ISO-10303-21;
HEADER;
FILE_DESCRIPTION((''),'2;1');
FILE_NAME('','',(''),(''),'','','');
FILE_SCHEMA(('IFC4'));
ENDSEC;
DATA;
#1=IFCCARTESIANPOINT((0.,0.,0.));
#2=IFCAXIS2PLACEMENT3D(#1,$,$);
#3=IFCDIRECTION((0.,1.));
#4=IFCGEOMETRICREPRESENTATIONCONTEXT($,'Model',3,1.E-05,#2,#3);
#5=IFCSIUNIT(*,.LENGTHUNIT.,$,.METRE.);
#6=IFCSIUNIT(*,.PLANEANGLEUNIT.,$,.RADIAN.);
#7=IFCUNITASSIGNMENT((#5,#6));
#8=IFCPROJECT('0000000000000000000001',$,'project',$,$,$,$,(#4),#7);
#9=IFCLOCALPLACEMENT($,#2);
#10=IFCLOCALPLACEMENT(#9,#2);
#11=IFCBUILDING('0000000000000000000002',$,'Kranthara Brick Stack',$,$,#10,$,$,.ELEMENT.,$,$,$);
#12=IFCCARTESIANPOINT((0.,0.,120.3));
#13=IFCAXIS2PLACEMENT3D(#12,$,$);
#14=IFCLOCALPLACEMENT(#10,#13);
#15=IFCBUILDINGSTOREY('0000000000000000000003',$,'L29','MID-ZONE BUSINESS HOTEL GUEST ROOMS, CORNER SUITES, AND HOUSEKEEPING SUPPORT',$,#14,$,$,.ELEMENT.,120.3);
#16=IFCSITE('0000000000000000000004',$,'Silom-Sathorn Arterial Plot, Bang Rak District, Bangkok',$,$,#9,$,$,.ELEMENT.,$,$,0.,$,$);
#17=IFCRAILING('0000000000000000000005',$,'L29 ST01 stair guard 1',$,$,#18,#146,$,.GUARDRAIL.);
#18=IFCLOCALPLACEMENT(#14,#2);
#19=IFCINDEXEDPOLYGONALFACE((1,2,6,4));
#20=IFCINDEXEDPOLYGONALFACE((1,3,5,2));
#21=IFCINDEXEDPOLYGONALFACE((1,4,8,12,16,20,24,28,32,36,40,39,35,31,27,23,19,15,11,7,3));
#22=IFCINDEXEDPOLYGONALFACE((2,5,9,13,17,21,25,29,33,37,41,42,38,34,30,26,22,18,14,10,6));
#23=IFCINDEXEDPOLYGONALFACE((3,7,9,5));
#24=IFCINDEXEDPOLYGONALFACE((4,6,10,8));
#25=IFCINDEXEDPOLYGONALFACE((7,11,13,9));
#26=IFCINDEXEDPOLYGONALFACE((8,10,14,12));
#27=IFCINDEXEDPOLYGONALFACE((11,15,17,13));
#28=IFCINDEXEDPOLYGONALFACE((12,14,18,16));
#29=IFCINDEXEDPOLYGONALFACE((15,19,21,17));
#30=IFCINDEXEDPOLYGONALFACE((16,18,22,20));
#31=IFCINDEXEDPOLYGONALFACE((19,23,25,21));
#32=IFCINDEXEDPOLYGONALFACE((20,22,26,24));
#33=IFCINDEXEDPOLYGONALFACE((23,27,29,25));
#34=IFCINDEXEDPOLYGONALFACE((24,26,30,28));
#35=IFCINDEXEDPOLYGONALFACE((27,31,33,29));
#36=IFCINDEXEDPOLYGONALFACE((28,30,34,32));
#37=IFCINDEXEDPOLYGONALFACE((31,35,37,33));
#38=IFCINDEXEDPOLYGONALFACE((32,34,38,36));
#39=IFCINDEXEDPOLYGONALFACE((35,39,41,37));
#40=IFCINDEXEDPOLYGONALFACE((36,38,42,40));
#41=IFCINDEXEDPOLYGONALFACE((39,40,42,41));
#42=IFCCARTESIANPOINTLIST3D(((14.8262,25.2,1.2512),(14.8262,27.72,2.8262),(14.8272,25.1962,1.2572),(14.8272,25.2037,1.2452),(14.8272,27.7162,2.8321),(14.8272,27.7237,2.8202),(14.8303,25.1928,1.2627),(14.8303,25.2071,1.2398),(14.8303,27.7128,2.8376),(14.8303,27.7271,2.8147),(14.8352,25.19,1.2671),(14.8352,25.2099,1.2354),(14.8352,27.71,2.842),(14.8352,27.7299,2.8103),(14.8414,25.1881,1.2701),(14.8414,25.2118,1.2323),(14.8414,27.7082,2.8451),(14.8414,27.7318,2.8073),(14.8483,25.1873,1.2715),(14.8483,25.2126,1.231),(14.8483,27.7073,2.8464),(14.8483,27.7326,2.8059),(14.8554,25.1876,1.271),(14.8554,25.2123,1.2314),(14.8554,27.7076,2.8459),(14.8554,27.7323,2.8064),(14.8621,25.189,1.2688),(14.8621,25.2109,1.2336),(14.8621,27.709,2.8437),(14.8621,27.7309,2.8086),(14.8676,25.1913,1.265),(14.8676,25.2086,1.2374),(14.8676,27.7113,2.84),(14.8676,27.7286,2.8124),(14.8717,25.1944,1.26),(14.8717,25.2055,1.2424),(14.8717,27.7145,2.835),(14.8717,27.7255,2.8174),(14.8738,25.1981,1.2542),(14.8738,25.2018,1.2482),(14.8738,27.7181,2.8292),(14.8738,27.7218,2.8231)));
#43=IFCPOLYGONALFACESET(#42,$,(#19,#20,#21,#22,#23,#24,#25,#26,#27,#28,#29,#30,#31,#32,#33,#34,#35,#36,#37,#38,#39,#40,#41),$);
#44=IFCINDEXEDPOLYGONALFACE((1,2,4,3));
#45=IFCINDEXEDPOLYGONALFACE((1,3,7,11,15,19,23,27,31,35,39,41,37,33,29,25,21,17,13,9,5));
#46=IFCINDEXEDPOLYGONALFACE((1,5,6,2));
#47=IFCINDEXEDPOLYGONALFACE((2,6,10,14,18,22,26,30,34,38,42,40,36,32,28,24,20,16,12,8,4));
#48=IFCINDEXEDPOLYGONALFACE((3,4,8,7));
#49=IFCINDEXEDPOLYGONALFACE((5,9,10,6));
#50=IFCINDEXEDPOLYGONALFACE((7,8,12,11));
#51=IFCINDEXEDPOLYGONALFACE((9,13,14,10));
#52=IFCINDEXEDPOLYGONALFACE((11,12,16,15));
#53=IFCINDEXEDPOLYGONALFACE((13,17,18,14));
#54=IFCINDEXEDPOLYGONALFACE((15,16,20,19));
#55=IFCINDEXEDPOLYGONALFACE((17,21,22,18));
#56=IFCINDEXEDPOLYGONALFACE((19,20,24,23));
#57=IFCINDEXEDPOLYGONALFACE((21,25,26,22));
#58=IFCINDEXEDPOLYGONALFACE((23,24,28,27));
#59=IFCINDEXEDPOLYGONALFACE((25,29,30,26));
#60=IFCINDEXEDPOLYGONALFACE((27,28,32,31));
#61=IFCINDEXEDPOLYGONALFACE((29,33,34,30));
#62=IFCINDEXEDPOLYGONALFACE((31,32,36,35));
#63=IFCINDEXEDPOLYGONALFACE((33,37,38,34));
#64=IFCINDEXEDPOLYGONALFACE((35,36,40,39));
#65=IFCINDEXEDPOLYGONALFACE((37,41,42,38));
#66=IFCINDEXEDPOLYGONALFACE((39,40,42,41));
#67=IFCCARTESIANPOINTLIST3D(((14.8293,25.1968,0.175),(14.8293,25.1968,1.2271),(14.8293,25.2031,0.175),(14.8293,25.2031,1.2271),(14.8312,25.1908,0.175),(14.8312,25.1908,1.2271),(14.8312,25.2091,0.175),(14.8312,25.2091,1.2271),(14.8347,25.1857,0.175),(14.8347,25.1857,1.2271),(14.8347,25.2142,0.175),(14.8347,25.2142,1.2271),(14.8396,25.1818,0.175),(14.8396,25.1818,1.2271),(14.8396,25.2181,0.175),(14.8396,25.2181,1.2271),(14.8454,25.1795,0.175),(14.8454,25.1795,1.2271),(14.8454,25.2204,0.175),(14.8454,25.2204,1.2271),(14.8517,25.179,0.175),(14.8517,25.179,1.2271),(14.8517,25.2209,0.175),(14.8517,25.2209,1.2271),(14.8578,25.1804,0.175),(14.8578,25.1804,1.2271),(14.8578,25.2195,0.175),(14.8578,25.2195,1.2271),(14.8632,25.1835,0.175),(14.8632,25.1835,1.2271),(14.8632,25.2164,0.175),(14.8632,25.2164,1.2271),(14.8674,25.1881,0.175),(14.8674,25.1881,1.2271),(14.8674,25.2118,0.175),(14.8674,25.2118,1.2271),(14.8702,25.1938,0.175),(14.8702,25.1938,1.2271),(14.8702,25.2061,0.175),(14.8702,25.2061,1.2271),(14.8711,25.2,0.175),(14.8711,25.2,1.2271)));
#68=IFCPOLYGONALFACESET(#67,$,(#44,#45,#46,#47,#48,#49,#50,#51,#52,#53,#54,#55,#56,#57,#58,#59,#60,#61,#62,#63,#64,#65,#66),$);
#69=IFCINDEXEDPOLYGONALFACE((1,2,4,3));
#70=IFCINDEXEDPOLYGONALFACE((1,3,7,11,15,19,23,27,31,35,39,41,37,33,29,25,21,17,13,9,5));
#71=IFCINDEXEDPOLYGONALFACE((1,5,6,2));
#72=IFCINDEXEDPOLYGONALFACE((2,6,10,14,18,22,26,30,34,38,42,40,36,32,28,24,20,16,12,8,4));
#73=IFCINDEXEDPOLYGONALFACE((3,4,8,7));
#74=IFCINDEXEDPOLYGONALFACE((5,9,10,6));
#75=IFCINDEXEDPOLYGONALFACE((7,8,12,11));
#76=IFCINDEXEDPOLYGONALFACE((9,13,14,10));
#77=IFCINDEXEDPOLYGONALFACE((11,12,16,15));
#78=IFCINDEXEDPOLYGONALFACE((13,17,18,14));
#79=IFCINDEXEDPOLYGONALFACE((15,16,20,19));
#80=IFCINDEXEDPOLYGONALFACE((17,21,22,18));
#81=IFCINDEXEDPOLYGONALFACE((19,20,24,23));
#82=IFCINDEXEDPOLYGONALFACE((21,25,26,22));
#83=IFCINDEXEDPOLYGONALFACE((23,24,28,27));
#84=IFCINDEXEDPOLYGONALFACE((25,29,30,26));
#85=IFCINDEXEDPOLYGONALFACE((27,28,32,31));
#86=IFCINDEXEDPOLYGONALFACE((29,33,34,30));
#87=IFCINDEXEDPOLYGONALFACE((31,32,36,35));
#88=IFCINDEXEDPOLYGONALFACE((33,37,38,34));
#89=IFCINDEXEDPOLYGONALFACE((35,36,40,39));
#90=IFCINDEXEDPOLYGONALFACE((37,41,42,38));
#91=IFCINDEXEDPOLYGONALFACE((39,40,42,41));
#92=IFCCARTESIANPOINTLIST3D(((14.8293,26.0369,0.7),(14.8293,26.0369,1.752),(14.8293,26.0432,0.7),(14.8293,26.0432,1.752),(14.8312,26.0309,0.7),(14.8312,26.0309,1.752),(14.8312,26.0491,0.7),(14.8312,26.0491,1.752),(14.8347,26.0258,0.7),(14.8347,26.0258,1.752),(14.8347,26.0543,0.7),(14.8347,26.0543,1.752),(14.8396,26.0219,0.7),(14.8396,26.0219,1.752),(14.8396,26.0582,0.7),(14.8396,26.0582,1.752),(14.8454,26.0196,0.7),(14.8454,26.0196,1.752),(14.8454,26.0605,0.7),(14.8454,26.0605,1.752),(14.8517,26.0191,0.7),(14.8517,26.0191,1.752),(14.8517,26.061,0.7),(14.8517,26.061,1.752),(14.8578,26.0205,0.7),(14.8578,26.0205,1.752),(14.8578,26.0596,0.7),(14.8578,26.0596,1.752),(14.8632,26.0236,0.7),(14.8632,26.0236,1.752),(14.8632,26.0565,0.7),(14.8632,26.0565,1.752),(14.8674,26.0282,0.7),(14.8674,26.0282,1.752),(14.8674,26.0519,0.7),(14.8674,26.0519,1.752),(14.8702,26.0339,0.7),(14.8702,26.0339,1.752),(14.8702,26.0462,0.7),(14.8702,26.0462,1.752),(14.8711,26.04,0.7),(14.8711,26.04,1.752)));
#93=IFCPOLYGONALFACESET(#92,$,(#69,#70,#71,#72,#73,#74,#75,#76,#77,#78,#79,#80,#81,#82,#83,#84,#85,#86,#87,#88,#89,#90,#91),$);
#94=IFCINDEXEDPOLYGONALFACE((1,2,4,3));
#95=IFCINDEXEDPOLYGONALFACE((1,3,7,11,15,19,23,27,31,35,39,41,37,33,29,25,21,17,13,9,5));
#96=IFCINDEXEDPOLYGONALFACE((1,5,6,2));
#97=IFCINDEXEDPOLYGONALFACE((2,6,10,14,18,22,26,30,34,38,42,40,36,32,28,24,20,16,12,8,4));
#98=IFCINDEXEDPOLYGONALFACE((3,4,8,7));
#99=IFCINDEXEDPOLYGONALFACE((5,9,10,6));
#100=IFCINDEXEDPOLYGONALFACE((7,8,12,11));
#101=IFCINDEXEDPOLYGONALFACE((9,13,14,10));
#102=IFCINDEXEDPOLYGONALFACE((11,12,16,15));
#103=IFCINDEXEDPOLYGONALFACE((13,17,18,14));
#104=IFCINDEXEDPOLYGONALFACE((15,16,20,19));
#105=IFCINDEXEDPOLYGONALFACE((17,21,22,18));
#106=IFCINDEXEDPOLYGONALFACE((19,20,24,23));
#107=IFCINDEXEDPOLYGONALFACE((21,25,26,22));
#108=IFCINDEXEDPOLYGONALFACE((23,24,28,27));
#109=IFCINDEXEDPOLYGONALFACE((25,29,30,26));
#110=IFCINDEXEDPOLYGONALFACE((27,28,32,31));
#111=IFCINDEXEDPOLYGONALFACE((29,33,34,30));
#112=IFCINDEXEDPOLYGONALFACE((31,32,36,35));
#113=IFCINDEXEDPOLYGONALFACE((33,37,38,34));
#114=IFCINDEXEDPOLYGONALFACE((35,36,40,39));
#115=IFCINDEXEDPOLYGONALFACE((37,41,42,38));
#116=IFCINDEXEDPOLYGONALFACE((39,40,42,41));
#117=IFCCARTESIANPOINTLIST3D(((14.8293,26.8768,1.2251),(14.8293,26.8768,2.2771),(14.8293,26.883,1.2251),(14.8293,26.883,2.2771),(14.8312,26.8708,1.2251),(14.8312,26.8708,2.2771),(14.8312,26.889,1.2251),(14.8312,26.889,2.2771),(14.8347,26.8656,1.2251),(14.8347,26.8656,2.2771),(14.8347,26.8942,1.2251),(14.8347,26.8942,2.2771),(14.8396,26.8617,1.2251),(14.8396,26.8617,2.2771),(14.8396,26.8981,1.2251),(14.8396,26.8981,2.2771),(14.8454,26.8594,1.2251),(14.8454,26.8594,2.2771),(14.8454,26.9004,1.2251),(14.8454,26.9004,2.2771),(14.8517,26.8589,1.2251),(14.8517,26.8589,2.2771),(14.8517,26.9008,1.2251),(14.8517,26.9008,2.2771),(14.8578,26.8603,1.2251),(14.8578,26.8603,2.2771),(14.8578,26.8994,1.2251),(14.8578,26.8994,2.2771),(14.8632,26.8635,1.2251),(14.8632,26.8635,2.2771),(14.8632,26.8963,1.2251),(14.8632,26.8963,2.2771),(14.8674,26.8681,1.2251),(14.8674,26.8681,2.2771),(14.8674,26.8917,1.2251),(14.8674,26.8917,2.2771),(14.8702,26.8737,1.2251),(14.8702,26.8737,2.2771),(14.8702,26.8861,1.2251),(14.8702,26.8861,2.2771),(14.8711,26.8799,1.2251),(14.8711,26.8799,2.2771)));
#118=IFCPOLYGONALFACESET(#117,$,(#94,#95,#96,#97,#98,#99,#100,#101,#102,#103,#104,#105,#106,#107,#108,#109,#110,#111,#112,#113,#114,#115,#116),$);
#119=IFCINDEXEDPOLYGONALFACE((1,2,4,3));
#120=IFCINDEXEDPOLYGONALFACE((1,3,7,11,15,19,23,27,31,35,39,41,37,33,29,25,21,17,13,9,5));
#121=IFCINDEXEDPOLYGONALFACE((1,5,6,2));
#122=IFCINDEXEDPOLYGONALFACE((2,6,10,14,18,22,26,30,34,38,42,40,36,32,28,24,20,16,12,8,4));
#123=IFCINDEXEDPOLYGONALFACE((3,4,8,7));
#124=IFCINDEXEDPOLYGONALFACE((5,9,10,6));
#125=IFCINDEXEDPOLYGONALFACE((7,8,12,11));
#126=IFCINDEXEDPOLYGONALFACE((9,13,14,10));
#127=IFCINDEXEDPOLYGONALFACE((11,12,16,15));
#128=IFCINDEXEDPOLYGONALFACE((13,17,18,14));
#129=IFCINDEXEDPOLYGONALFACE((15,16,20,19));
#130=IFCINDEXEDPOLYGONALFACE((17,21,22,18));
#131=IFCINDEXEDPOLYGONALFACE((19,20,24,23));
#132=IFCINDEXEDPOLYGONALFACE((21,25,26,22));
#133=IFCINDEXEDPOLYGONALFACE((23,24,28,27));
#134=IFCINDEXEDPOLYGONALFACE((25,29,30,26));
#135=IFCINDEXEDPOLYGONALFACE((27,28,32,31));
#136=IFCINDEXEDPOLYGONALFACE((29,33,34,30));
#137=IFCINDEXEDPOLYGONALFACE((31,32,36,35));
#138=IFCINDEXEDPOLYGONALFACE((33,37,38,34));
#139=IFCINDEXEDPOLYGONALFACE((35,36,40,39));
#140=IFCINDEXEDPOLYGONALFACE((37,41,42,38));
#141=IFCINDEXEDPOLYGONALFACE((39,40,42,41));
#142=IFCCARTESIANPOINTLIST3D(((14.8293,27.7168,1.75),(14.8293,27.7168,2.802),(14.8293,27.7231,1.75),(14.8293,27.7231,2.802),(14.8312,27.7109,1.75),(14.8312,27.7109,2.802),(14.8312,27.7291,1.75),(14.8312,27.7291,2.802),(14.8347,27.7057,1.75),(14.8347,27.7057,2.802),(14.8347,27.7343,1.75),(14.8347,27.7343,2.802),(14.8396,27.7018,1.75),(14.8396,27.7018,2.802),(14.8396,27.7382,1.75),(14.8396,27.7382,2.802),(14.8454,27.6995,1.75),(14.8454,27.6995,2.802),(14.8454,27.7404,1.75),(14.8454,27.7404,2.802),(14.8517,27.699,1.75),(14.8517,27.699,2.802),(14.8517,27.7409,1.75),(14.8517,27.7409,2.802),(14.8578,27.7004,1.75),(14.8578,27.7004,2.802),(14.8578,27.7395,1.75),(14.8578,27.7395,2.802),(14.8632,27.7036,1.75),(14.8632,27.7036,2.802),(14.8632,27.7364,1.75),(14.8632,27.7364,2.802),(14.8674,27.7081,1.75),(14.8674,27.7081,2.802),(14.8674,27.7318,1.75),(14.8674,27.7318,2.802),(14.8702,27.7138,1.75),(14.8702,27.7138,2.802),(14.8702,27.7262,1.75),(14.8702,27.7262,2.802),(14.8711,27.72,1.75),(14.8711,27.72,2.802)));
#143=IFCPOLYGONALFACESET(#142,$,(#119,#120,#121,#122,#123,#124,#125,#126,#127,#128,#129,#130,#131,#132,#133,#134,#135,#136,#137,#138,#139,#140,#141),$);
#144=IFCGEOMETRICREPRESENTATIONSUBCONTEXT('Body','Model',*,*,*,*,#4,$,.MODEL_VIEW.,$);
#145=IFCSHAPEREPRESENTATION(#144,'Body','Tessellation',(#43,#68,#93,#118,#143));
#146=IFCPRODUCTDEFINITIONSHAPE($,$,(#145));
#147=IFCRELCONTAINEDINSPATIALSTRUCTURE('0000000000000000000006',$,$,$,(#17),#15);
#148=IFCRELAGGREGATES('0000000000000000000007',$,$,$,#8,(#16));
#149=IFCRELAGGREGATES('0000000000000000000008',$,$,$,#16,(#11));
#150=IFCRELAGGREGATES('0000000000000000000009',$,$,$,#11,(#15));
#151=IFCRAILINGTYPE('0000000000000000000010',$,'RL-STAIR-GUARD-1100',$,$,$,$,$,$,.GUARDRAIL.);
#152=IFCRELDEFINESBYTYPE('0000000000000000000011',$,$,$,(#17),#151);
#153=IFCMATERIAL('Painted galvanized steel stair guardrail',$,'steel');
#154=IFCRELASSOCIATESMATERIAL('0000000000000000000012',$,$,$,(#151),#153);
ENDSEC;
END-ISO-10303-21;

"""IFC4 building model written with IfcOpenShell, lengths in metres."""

from ifc_helpers import new_model, si_unit, direction, frame, origin, origin_2d, place, context, subcontext, project, spatial, circle, extrude, material, type_object, element, save


model = new_model("IFC4")

# Units and contexts
model_context = context("Model", 3, precision=1e-05, world=origin(), true_north=direction((0.0, 1.0)))
body_context = subcontext(model_context, "Body", "Model", "MODEL_VIEW")
ifc_project = project(units=[si_unit("LENGTHUNIT", "METRE"), si_unit("PLANEANGLEUNIT", "RADIAN")], contexts=[model_context])

# Site, building, storey
site_placement = place(None, origin())
site = spatial("IfcSite", under=ifc_project, at=site_placement, Name="Silom-Sathorn Arterial Plot, Bang Rak District, Bangkok", CompositionType="ELEMENT", RefElevation=0.0)
building_placement = place(site_placement, origin())
building = spatial("IfcBuilding", under=site, at=building_placement, Name="Kranthara Brick Stack", CompositionType="ELEMENT")
storey_placement = place(building_placement, frame((0.0, 0.0, 120.3)))
storey = spatial("IfcBuildingStorey", under=building, at=storey_placement, Name="L29", Description="MID-ZONE BUSINESS HOTEL GUEST ROOMS, CORNER SUITES, AND HOUSEKEEPING SUPPORT", CompositionType="ELEMENT", Elevation=120.3)

# Railing
ifc_material_1 = material(Name="Painted galvanized steel stair guardrail", Category="steel")
railing_type_1 = type_object("IfcRailingType", Name="RL-STAIR-GUARD-1100", PredefinedType="GUARDRAIL", material=ifc_material_1)
railing_1_placement = place(storey_placement, frame((14.8501, 25.2, 0.175)))
element("IfcRailing", 1, at=railing_1_placement, inside=storey, type_object=railing_type_1, Name="L29 ST01 stair guard 1", PredefinedType="GUARDRAIL", context=body_context, shape_type="SweptSolid", body=[
    extrude(circle(Radius=0.0239, at=origin_2d()), frame((0.0, 0.0, 1.0762), z_axis=(0.0, 0.848008, 0.529984), x_axis=(-1.0, 0.0, 0.0)), (0.0, 0.0, 1.0), 2.9717),
    extrude(circle(Radius=0.021, at=origin_2d()), origin(), (0.0, 0.0, 1.0), 1.052),
    extrude(circle(Radius=0.021, at=origin_2d()), frame((0.0, 0.8401, 0.5249)), (0.0, 0.0, 1.0), 1.052),
    extrude(circle(Radius=0.021, at=origin_2d()), frame((0.0, 1.6799, 1.05)), (0.0, 0.0, 1.0), 1.052),
    extrude(circle(Radius=0.021, at=origin_2d()), frame((0.0, 2.52, 1.575)), (0.0, 0.0, 1.0), 1.052),
])

save(model, "model.ifc")
